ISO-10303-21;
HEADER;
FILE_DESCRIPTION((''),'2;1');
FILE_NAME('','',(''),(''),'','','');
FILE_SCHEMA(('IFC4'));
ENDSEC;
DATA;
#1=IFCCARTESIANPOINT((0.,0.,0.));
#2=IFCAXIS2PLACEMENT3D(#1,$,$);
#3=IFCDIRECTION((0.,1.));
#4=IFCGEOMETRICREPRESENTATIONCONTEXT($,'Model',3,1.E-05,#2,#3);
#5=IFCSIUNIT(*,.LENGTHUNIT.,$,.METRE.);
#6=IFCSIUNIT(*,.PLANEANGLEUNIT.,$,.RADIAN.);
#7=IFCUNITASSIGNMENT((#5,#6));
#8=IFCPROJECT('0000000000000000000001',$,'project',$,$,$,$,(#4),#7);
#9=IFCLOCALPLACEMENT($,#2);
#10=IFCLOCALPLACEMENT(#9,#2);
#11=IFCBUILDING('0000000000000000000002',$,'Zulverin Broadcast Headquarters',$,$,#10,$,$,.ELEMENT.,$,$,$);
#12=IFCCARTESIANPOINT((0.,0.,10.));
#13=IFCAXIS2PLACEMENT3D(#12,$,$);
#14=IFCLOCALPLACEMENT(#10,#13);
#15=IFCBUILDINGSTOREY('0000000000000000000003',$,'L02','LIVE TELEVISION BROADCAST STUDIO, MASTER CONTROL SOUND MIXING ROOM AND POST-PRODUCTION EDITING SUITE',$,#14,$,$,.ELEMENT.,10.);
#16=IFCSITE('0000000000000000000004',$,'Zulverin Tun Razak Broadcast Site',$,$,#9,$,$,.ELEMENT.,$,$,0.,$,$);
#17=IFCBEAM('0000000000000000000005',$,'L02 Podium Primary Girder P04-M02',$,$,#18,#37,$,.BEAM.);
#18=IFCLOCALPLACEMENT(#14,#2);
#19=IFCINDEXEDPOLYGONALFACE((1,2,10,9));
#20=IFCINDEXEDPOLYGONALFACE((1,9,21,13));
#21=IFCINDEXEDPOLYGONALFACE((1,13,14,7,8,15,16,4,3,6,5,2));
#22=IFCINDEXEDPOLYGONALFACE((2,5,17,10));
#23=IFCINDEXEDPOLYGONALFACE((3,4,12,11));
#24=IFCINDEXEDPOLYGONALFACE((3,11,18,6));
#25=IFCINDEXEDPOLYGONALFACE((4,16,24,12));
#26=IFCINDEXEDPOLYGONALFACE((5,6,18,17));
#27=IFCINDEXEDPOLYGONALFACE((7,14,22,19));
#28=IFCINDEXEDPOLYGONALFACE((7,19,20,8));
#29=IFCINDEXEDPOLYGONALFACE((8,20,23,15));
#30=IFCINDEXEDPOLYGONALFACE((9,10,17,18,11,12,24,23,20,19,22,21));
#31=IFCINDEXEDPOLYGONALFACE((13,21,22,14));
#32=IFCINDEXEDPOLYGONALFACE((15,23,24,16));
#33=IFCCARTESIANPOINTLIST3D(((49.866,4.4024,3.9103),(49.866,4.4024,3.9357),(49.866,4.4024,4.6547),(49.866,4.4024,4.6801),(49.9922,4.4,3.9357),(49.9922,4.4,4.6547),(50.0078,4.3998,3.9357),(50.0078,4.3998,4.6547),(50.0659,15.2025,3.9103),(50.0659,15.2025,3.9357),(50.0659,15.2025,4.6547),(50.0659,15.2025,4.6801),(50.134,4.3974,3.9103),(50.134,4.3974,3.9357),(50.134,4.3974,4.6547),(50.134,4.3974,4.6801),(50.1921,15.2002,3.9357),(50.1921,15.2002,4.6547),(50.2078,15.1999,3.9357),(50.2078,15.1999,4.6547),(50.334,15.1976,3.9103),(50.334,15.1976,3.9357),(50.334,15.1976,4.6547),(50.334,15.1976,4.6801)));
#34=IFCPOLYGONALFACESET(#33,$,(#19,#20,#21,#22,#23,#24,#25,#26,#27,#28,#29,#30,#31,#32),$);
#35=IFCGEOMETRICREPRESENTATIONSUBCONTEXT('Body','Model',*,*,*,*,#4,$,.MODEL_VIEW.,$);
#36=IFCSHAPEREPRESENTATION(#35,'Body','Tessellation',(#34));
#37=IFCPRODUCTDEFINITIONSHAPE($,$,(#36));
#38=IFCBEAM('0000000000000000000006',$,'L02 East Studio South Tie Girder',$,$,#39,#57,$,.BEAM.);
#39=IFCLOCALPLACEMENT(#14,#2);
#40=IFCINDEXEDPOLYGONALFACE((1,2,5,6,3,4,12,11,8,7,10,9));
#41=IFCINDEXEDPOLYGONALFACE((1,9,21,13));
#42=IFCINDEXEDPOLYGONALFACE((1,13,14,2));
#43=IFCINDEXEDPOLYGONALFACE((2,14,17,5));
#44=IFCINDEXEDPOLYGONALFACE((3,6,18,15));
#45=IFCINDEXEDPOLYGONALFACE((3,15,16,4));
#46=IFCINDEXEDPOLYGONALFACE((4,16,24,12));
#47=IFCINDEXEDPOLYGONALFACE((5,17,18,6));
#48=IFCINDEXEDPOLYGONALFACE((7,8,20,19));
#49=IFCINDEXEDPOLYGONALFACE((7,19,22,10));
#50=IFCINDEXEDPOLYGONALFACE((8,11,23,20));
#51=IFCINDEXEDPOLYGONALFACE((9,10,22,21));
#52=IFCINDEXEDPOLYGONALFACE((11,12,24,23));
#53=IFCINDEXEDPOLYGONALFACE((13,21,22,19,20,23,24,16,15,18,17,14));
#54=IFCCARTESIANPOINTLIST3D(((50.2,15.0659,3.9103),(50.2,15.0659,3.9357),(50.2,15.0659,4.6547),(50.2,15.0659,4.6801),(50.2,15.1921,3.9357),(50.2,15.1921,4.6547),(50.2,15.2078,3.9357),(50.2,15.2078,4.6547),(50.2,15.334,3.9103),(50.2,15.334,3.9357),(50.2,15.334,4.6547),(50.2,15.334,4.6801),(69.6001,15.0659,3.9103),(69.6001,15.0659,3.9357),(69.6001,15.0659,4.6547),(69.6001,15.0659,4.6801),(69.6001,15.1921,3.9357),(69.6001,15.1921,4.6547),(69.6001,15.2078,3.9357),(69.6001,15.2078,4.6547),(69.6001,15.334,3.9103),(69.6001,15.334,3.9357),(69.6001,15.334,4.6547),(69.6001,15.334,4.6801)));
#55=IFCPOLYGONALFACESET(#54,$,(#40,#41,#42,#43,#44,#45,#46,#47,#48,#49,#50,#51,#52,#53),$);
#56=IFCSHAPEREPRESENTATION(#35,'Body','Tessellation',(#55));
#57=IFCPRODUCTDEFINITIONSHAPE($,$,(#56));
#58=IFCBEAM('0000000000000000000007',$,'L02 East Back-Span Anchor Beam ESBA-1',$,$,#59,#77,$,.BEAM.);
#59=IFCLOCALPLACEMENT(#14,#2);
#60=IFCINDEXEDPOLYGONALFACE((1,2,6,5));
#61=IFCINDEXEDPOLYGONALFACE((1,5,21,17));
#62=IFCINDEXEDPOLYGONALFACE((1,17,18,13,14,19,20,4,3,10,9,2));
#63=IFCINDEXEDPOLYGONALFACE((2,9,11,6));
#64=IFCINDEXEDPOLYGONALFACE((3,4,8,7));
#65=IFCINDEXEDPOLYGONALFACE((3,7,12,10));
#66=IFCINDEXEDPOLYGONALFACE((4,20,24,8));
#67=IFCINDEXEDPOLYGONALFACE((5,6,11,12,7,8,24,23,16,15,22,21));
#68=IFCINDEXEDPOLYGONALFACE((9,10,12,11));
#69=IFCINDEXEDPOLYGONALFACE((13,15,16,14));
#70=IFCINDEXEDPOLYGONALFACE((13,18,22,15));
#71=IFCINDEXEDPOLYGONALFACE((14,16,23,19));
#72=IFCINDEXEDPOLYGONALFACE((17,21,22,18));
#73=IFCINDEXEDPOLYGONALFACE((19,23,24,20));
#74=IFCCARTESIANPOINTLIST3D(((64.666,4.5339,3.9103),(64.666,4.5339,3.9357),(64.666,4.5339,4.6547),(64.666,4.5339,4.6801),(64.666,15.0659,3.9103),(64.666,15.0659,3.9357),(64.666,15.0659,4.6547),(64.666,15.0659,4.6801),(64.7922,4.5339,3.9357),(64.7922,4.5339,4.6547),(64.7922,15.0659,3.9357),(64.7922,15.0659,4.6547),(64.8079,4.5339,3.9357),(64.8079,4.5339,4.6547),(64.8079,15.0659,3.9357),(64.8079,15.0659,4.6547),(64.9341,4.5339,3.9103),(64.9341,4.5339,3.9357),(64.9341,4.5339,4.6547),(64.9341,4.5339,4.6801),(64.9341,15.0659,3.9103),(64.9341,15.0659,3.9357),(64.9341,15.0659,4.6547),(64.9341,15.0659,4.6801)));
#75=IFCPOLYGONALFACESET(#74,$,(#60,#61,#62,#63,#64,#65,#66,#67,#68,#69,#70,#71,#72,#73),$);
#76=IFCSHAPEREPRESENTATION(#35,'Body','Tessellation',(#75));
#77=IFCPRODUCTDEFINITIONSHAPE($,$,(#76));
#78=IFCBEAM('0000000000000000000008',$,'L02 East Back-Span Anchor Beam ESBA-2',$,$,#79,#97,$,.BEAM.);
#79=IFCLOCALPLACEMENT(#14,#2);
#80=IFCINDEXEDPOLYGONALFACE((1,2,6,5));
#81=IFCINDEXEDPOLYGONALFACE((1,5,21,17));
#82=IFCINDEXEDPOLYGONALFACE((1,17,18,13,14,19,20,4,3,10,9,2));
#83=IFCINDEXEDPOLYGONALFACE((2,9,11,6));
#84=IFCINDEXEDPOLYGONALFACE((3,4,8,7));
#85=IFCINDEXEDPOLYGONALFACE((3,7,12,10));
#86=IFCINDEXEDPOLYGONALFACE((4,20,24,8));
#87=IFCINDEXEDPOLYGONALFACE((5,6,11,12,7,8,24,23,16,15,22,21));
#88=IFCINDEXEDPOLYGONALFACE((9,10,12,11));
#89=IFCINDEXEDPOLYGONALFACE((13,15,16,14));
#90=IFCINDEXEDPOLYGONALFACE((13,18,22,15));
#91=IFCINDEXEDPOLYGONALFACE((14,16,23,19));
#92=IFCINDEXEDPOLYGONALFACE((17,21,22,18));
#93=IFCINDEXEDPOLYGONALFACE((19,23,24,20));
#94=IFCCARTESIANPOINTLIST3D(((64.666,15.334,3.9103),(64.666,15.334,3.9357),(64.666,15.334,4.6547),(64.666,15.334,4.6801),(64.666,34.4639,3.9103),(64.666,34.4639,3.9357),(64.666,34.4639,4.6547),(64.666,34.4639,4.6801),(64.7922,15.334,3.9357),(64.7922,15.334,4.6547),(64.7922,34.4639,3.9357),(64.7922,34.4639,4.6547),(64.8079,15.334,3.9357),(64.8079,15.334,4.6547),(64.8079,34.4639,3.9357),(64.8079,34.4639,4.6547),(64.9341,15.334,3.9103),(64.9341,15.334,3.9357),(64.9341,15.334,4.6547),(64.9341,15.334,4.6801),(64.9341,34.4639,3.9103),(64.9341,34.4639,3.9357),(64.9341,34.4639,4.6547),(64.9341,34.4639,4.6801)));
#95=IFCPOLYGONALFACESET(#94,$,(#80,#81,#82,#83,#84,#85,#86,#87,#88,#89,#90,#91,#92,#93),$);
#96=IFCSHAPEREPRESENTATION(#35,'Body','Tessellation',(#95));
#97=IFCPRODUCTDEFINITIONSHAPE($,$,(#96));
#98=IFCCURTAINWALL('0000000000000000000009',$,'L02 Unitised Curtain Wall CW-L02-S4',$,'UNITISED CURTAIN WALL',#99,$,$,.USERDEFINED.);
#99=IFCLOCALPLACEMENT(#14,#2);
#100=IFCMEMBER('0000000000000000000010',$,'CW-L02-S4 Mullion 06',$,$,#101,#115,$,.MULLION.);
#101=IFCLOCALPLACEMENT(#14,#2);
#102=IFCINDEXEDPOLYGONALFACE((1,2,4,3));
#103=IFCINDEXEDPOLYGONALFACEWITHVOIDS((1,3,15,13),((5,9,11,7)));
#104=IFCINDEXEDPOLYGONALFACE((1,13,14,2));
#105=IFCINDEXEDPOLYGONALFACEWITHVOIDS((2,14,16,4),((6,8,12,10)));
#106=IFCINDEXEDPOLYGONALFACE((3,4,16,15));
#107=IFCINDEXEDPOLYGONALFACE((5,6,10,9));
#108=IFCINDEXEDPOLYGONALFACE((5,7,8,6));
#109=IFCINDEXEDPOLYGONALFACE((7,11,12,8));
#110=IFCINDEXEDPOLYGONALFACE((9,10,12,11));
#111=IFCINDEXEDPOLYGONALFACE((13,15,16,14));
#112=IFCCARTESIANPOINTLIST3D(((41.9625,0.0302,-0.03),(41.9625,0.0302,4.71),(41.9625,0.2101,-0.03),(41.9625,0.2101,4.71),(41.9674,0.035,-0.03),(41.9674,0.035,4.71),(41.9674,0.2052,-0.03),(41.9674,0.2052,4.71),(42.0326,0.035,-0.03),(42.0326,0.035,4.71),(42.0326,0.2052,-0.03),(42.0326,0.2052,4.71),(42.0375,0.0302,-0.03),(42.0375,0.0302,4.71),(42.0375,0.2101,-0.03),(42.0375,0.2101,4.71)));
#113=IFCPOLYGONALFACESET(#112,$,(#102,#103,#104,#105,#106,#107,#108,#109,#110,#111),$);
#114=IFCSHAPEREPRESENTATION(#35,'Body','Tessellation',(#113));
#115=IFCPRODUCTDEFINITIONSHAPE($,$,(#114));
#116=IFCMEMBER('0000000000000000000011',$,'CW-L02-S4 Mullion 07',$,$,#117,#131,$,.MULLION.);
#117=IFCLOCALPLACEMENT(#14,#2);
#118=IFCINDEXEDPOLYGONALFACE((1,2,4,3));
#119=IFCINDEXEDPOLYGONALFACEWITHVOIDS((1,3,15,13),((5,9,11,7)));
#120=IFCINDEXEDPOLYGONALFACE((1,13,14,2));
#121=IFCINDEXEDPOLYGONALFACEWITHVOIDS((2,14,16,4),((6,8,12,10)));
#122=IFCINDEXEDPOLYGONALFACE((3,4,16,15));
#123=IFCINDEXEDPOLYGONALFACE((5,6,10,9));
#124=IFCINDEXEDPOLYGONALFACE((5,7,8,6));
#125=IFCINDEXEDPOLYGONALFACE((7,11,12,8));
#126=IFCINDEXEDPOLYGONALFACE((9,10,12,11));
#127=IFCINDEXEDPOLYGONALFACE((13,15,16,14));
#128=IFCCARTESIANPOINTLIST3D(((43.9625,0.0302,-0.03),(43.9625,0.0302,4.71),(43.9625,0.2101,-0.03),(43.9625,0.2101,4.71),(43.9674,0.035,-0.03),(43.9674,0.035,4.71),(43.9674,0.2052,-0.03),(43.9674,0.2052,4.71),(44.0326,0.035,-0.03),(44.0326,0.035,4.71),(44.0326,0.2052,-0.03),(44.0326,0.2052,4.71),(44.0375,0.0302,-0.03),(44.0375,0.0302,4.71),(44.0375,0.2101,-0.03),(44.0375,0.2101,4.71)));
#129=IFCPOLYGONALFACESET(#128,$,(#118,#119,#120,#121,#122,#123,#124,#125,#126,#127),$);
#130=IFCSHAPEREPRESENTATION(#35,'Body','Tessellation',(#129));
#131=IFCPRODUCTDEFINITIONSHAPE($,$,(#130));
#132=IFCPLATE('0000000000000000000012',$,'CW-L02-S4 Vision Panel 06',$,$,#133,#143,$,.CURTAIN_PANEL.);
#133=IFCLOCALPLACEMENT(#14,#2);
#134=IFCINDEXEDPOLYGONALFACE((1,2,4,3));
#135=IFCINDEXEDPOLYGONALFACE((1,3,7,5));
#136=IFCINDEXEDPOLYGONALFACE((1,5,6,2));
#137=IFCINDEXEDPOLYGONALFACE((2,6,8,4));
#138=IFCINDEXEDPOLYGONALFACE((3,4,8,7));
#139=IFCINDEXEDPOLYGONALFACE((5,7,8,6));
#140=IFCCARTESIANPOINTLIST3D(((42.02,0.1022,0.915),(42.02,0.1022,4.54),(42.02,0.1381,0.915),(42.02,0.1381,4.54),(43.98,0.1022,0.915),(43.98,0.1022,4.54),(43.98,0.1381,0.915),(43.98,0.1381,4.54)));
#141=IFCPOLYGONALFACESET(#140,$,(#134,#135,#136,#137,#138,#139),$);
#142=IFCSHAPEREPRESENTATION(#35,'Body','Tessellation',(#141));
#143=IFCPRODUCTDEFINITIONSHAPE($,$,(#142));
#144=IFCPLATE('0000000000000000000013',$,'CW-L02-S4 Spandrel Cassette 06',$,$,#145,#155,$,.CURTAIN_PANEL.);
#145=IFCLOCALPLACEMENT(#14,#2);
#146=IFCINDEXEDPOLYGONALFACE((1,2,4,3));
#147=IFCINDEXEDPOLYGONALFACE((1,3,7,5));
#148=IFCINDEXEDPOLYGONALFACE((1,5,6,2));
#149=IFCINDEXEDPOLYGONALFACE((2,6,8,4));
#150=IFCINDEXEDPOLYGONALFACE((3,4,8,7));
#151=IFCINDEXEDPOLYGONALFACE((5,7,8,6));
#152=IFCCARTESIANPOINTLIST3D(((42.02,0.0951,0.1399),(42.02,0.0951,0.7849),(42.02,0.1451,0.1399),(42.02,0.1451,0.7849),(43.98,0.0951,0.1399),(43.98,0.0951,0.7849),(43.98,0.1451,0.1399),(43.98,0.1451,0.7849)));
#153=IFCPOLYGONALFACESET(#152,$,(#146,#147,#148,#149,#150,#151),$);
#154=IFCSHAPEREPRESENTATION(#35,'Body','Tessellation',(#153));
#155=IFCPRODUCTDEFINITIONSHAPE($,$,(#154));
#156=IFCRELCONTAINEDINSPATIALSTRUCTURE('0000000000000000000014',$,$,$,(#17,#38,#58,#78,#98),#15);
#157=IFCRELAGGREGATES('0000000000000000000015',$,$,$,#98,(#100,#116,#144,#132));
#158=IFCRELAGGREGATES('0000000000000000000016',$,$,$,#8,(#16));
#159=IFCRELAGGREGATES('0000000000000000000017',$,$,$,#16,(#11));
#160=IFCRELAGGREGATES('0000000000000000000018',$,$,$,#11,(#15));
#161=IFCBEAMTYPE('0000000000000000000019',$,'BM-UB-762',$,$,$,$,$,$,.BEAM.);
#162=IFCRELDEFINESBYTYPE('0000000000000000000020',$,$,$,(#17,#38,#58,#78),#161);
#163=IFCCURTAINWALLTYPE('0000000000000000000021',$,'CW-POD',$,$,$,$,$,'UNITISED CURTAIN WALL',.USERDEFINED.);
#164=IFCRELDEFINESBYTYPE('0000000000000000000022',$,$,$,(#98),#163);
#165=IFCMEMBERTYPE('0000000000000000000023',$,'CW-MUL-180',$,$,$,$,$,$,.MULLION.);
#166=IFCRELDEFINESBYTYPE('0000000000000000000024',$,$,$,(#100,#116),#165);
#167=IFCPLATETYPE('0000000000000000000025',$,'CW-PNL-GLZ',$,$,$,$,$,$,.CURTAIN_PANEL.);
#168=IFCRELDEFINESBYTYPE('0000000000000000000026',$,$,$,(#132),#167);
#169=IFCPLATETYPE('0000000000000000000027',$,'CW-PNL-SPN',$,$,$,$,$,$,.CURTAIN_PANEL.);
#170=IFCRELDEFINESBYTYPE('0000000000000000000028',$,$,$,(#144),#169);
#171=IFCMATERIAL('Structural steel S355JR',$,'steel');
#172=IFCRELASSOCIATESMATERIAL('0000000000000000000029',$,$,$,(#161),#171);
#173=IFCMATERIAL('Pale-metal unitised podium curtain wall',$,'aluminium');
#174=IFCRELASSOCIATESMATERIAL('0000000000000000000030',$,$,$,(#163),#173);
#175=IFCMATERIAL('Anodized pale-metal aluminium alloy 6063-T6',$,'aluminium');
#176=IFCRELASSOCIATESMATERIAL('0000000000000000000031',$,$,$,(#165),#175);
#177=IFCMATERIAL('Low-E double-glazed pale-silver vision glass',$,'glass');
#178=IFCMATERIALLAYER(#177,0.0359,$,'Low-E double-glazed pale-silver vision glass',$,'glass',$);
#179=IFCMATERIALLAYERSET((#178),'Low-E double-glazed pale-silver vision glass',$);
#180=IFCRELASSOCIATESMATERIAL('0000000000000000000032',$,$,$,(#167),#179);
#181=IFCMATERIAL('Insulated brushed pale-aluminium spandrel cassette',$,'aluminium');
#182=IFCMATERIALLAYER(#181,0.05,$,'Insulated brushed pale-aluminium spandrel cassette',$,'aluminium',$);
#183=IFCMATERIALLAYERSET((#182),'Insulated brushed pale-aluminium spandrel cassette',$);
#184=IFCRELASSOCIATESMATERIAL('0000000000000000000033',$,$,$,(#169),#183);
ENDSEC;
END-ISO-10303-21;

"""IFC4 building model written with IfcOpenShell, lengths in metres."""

from ifc_helpers import new_model, si_unit, direction, frame, origin, origin_2d, place, context, subcontext, project, spatial, rectangle, hollow_rectangle, i_section, extrude, material, layer, layer_set, material_profile, profile_set, type_object, element, aggregate, save


model = new_model("IFC4")

# Units and contexts
model_context = context("Model", 3, precision=1e-05, world=origin(), true_north=direction((0.0, 1.0)))
body_context = subcontext(model_context, "Body", "Model", "MODEL_VIEW")
ifc_project = project(units=[si_unit("LENGTHUNIT", "METRE"), si_unit("PLANEANGLEUNIT", "RADIAN")], contexts=[model_context])

# Site, building, storey
site_placement = place(None, origin())
site = spatial("IfcSite", under=ifc_project, at=site_placement, Name="Zulverin Tun Razak Broadcast Site", CompositionType="ELEMENT", RefElevation=0.0)
building_placement = place(site_placement, origin())
building = spatial("IfcBuilding", under=site, at=building_placement, Name="Zulverin Broadcast Headquarters", CompositionType="ELEMENT")
storey_placement = place(building_placement, frame((0.0, 0.0, 10.0)))
storey = spatial("IfcBuildingStorey", under=building, at=storey_placement, Name="L02", Description="LIVE TELEVISION BROADCAST STUDIO, MASTER CONTROL SOUND MIXING ROOM AND POST-PRODUCTION EDITING SUITE", CompositionType="ELEMENT", Elevation=10.0)

# Beams
ifc_material_1 = material(Name="Structural steel S355JR", Category="steel")
ifc_material_profile_1 = material_profile(ifc_material_1, i_section(OverallWidth=0.2681, OverallDepth=0.7698, WebThickness=0.0156, FlangeThickness=0.0254, at=origin_2d()), Name="Structural steel S355JR", Category="steel")
ifc_profile_set_1 = profile_set([ifc_material_profile_1], Name="Structural steel S355JR")
beam_type_1 = type_object("IfcBeamType", Name="BM-UB-762", PredefinedType="BEAM", material=ifc_profile_set_1)
beam_1_placement = place(storey_placement, frame((50.0, 4.3999, 4.2952), z_axis=(0.018511, 0.999829, 0.0), x_axis=(-0.999829, 0.018511, 0.0)))
element("IfcBeam", 1, at=beam_1_placement, inside=storey, type_object=beam_type_1, Name="L02 Podium Primary Girder P04-M02", PredefinedType="BEAM", context=body_context, shape_type="SweptSolid", body=[
    extrude(i_section(OverallWidth=0.2681, OverallDepth=0.7698, WebThickness=0.0156, FlangeThickness=0.0254, at=origin_2d()), origin(), (0.0, 0.0, 1.0), 10.802),
])
beam_2_placement = place(storey_placement, frame((50.2, 15.2, 4.2952), z_axis=(1.0, 0.0, 0.0), x_axis=(0.0, 1.0, 0.0)))
element("IfcBeam", 2, at=beam_2_placement, inside=storey, type_object=beam_type_1, Name="L02 East Studio South Tie Girder", PredefinedType="BEAM", context=body_context, shape_type="SweptSolid", body=[
    extrude(i_section(OverallWidth=0.2681, OverallDepth=0.7698, WebThickness=0.0156, FlangeThickness=0.0254, at=origin_2d()), origin(), (0.0, 0.0, 1.0), 19.4001),
])
beam_3_placement = place(storey_placement, frame((64.8, 4.5339, 4.2952), z_axis=(0.0, 1.0, 0.0), x_axis=(-1.0, 0.0, 0.0)))
element("IfcBeam", 3, at=beam_3_placement, inside=storey, type_object=beam_type_1, Name="L02 East Back-Span Anchor Beam ESBA-1", PredefinedType="BEAM", context=body_context, shape_type="SweptSolid", body=[
    extrude(i_section(OverallWidth=0.2681, OverallDepth=0.7698, WebThickness=0.0156, FlangeThickness=0.0254, at=origin_2d()), origin(), (0.0, 0.0, 1.0), 10.532),
])
beam_4_placement = place(storey_placement, frame((64.8, 15.334, 4.2952), z_axis=(0.0, 1.0, 0.0), x_axis=(-1.0, 0.0, 0.0)))
element("IfcBeam", 4, at=beam_4_placement, inside=storey, type_object=beam_type_1, Name="L02 East Back-Span Anchor Beam ESBA-2", PredefinedType="BEAM", context=body_context, shape_type="SweptSolid", body=[
    extrude(i_section(OverallWidth=0.2681, OverallDepth=0.7698, WebThickness=0.0156, FlangeThickness=0.0254, at=origin_2d()), origin(), (0.0, 0.0, 1.0), 19.1299),
])

# Curtain wall, members, plates
ifc_material_2 = material(Name="Pale-metal unitised podium curtain wall", Category="aluminium")
curtain_wall_type = type_object("IfcCurtainWallType", Name="CW-POD", ElementType="UNITISED CURTAIN WALL", PredefinedType="USERDEFINED", material=ifc_material_2)
curtain_wall_placement = place(storey_placement, origin())
curtain_wall = element("IfcCurtainWall", 5, at=curtain_wall_placement, inside=storey, type_object=curtain_wall_type, Name="L02 Unitised Curtain Wall CW-L02-S4", ObjectType="UNITISED CURTAIN WALL", PredefinedType="USERDEFINED")
ifc_material_3 = material(Name="Anodized pale-metal aluminium alloy 6063-T6", Category="aluminium")
ifc_material_profile_2 = material_profile(ifc_material_3, hollow_rectangle(XDim=0.075, YDim=0.1799, WallThickness=0.0049, at=origin_2d()), Name="Anodized pale-metal aluminium alloy 6063-T6", Category="aluminium")
ifc_profile_set_2 = profile_set([ifc_material_profile_2], Name="Anodized pale-metal aluminium alloy 6063-T6")
member_type = type_object("IfcMemberType", Name="CW-MUL-180", PredefinedType="MULLION", material=ifc_profile_set_2)
member_1_placement = place(storey_placement, frame((42.0, 0.1201, -0.03), z_axis=(0.0, 0.0, 1.0), x_axis=(1.0, 0.0, 0.0)))
member_1 = element("IfcMember", 6, at=member_1_placement, type_object=member_type, Name="CW-L02-S4 Mullion 06", PredefinedType="MULLION", context=body_context, shape_type="SweptSolid", body=[
    extrude(hollow_rectangle(XDim=0.075, YDim=0.1799, WallThickness=0.0049, at=origin_2d()), origin(), (0.0, 0.0, 1.0), 4.74),
])
member_2_placement = place(storey_placement, frame((44.0, 0.1201, -0.03), z_axis=(0.0, 0.0, 1.0), x_axis=(1.0, 0.0, 0.0)))
member_2 = element("IfcMember", 7, at=member_2_placement, type_object=member_type, Name="CW-L02-S4 Mullion 07", PredefinedType="MULLION", context=body_context, shape_type="SweptSolid", body=[
    extrude(hollow_rectangle(XDim=0.075, YDim=0.1799, WallThickness=0.0049, at=origin_2d()), origin(), (0.0, 0.0, 1.0), 4.74),
])
ifc_material_4 = material(Name="Low-E double-glazed pale-silver vision glass", Category="glass")
ifc_layer_1 = layer(ifc_material_4, 0.0359, Name="Low-E double-glazed pale-silver vision glass", Category="glass")
ifc_layer_set_1 = layer_set([ifc_layer_1], Name="Low-E double-glazed pale-silver vision glass")
plate_type_1 = type_object("IfcPlateType", Name="CW-PNL-GLZ", PredefinedType="CURTAIN_PANEL", material=ifc_layer_set_1)
plate_1_placement = place(storey_placement, frame((43.0, 0.1201, 0.915), z_axis=(0.0, 0.0, 1.0), x_axis=(1.0, 0.0, 0.0)))
plate_1 = element("IfcPlate", 8, at=plate_1_placement, type_object=plate_type_1, Name="CW-L02-S4 Vision Panel 06", PredefinedType="CURTAIN_PANEL", context=body_context, shape_type="SweptSolid", body=[
    extrude(rectangle(XDim=1.96, YDim=0.0359, at=origin_2d()), origin(), (0.0, 0.0, 1.0), 3.625),
])
ifc_material_5 = material(Name="Insulated brushed pale-aluminium spandrel cassette", Category="aluminium")
ifc_layer_2 = layer(ifc_material_5, 0.05, Name="Insulated brushed pale-aluminium spandrel cassette", Category="aluminium")
ifc_layer_set_2 = layer_set([ifc_layer_2], Name="Insulated brushed pale-aluminium spandrel cassette")
plate_type_2 = type_object("IfcPlateType", Name="CW-PNL-SPN", PredefinedType="CURTAIN_PANEL", material=ifc_layer_set_2)
plate_2_placement = place(storey_placement, frame((43.0, 0.1201, 0.1399), z_axis=(0.0, 0.0, 1.0), x_axis=(1.0, 0.0, 0.0)))
plate_2 = element("IfcPlate", 9, at=plate_2_placement, type_object=plate_type_2, Name="CW-L02-S4 Spandrel Cassette 06", PredefinedType="CURTAIN_PANEL", context=body_context, shape_type="SweptSolid", body=[
    extrude(rectangle(XDim=1.96, YDim=0.05, at=origin_2d()), origin(), (0.0, 0.0, 1.0), 0.645),
])
aggregate(curtain_wall, [member_1, member_2, plate_2, plate_1])

save(model, "model.ifc")
